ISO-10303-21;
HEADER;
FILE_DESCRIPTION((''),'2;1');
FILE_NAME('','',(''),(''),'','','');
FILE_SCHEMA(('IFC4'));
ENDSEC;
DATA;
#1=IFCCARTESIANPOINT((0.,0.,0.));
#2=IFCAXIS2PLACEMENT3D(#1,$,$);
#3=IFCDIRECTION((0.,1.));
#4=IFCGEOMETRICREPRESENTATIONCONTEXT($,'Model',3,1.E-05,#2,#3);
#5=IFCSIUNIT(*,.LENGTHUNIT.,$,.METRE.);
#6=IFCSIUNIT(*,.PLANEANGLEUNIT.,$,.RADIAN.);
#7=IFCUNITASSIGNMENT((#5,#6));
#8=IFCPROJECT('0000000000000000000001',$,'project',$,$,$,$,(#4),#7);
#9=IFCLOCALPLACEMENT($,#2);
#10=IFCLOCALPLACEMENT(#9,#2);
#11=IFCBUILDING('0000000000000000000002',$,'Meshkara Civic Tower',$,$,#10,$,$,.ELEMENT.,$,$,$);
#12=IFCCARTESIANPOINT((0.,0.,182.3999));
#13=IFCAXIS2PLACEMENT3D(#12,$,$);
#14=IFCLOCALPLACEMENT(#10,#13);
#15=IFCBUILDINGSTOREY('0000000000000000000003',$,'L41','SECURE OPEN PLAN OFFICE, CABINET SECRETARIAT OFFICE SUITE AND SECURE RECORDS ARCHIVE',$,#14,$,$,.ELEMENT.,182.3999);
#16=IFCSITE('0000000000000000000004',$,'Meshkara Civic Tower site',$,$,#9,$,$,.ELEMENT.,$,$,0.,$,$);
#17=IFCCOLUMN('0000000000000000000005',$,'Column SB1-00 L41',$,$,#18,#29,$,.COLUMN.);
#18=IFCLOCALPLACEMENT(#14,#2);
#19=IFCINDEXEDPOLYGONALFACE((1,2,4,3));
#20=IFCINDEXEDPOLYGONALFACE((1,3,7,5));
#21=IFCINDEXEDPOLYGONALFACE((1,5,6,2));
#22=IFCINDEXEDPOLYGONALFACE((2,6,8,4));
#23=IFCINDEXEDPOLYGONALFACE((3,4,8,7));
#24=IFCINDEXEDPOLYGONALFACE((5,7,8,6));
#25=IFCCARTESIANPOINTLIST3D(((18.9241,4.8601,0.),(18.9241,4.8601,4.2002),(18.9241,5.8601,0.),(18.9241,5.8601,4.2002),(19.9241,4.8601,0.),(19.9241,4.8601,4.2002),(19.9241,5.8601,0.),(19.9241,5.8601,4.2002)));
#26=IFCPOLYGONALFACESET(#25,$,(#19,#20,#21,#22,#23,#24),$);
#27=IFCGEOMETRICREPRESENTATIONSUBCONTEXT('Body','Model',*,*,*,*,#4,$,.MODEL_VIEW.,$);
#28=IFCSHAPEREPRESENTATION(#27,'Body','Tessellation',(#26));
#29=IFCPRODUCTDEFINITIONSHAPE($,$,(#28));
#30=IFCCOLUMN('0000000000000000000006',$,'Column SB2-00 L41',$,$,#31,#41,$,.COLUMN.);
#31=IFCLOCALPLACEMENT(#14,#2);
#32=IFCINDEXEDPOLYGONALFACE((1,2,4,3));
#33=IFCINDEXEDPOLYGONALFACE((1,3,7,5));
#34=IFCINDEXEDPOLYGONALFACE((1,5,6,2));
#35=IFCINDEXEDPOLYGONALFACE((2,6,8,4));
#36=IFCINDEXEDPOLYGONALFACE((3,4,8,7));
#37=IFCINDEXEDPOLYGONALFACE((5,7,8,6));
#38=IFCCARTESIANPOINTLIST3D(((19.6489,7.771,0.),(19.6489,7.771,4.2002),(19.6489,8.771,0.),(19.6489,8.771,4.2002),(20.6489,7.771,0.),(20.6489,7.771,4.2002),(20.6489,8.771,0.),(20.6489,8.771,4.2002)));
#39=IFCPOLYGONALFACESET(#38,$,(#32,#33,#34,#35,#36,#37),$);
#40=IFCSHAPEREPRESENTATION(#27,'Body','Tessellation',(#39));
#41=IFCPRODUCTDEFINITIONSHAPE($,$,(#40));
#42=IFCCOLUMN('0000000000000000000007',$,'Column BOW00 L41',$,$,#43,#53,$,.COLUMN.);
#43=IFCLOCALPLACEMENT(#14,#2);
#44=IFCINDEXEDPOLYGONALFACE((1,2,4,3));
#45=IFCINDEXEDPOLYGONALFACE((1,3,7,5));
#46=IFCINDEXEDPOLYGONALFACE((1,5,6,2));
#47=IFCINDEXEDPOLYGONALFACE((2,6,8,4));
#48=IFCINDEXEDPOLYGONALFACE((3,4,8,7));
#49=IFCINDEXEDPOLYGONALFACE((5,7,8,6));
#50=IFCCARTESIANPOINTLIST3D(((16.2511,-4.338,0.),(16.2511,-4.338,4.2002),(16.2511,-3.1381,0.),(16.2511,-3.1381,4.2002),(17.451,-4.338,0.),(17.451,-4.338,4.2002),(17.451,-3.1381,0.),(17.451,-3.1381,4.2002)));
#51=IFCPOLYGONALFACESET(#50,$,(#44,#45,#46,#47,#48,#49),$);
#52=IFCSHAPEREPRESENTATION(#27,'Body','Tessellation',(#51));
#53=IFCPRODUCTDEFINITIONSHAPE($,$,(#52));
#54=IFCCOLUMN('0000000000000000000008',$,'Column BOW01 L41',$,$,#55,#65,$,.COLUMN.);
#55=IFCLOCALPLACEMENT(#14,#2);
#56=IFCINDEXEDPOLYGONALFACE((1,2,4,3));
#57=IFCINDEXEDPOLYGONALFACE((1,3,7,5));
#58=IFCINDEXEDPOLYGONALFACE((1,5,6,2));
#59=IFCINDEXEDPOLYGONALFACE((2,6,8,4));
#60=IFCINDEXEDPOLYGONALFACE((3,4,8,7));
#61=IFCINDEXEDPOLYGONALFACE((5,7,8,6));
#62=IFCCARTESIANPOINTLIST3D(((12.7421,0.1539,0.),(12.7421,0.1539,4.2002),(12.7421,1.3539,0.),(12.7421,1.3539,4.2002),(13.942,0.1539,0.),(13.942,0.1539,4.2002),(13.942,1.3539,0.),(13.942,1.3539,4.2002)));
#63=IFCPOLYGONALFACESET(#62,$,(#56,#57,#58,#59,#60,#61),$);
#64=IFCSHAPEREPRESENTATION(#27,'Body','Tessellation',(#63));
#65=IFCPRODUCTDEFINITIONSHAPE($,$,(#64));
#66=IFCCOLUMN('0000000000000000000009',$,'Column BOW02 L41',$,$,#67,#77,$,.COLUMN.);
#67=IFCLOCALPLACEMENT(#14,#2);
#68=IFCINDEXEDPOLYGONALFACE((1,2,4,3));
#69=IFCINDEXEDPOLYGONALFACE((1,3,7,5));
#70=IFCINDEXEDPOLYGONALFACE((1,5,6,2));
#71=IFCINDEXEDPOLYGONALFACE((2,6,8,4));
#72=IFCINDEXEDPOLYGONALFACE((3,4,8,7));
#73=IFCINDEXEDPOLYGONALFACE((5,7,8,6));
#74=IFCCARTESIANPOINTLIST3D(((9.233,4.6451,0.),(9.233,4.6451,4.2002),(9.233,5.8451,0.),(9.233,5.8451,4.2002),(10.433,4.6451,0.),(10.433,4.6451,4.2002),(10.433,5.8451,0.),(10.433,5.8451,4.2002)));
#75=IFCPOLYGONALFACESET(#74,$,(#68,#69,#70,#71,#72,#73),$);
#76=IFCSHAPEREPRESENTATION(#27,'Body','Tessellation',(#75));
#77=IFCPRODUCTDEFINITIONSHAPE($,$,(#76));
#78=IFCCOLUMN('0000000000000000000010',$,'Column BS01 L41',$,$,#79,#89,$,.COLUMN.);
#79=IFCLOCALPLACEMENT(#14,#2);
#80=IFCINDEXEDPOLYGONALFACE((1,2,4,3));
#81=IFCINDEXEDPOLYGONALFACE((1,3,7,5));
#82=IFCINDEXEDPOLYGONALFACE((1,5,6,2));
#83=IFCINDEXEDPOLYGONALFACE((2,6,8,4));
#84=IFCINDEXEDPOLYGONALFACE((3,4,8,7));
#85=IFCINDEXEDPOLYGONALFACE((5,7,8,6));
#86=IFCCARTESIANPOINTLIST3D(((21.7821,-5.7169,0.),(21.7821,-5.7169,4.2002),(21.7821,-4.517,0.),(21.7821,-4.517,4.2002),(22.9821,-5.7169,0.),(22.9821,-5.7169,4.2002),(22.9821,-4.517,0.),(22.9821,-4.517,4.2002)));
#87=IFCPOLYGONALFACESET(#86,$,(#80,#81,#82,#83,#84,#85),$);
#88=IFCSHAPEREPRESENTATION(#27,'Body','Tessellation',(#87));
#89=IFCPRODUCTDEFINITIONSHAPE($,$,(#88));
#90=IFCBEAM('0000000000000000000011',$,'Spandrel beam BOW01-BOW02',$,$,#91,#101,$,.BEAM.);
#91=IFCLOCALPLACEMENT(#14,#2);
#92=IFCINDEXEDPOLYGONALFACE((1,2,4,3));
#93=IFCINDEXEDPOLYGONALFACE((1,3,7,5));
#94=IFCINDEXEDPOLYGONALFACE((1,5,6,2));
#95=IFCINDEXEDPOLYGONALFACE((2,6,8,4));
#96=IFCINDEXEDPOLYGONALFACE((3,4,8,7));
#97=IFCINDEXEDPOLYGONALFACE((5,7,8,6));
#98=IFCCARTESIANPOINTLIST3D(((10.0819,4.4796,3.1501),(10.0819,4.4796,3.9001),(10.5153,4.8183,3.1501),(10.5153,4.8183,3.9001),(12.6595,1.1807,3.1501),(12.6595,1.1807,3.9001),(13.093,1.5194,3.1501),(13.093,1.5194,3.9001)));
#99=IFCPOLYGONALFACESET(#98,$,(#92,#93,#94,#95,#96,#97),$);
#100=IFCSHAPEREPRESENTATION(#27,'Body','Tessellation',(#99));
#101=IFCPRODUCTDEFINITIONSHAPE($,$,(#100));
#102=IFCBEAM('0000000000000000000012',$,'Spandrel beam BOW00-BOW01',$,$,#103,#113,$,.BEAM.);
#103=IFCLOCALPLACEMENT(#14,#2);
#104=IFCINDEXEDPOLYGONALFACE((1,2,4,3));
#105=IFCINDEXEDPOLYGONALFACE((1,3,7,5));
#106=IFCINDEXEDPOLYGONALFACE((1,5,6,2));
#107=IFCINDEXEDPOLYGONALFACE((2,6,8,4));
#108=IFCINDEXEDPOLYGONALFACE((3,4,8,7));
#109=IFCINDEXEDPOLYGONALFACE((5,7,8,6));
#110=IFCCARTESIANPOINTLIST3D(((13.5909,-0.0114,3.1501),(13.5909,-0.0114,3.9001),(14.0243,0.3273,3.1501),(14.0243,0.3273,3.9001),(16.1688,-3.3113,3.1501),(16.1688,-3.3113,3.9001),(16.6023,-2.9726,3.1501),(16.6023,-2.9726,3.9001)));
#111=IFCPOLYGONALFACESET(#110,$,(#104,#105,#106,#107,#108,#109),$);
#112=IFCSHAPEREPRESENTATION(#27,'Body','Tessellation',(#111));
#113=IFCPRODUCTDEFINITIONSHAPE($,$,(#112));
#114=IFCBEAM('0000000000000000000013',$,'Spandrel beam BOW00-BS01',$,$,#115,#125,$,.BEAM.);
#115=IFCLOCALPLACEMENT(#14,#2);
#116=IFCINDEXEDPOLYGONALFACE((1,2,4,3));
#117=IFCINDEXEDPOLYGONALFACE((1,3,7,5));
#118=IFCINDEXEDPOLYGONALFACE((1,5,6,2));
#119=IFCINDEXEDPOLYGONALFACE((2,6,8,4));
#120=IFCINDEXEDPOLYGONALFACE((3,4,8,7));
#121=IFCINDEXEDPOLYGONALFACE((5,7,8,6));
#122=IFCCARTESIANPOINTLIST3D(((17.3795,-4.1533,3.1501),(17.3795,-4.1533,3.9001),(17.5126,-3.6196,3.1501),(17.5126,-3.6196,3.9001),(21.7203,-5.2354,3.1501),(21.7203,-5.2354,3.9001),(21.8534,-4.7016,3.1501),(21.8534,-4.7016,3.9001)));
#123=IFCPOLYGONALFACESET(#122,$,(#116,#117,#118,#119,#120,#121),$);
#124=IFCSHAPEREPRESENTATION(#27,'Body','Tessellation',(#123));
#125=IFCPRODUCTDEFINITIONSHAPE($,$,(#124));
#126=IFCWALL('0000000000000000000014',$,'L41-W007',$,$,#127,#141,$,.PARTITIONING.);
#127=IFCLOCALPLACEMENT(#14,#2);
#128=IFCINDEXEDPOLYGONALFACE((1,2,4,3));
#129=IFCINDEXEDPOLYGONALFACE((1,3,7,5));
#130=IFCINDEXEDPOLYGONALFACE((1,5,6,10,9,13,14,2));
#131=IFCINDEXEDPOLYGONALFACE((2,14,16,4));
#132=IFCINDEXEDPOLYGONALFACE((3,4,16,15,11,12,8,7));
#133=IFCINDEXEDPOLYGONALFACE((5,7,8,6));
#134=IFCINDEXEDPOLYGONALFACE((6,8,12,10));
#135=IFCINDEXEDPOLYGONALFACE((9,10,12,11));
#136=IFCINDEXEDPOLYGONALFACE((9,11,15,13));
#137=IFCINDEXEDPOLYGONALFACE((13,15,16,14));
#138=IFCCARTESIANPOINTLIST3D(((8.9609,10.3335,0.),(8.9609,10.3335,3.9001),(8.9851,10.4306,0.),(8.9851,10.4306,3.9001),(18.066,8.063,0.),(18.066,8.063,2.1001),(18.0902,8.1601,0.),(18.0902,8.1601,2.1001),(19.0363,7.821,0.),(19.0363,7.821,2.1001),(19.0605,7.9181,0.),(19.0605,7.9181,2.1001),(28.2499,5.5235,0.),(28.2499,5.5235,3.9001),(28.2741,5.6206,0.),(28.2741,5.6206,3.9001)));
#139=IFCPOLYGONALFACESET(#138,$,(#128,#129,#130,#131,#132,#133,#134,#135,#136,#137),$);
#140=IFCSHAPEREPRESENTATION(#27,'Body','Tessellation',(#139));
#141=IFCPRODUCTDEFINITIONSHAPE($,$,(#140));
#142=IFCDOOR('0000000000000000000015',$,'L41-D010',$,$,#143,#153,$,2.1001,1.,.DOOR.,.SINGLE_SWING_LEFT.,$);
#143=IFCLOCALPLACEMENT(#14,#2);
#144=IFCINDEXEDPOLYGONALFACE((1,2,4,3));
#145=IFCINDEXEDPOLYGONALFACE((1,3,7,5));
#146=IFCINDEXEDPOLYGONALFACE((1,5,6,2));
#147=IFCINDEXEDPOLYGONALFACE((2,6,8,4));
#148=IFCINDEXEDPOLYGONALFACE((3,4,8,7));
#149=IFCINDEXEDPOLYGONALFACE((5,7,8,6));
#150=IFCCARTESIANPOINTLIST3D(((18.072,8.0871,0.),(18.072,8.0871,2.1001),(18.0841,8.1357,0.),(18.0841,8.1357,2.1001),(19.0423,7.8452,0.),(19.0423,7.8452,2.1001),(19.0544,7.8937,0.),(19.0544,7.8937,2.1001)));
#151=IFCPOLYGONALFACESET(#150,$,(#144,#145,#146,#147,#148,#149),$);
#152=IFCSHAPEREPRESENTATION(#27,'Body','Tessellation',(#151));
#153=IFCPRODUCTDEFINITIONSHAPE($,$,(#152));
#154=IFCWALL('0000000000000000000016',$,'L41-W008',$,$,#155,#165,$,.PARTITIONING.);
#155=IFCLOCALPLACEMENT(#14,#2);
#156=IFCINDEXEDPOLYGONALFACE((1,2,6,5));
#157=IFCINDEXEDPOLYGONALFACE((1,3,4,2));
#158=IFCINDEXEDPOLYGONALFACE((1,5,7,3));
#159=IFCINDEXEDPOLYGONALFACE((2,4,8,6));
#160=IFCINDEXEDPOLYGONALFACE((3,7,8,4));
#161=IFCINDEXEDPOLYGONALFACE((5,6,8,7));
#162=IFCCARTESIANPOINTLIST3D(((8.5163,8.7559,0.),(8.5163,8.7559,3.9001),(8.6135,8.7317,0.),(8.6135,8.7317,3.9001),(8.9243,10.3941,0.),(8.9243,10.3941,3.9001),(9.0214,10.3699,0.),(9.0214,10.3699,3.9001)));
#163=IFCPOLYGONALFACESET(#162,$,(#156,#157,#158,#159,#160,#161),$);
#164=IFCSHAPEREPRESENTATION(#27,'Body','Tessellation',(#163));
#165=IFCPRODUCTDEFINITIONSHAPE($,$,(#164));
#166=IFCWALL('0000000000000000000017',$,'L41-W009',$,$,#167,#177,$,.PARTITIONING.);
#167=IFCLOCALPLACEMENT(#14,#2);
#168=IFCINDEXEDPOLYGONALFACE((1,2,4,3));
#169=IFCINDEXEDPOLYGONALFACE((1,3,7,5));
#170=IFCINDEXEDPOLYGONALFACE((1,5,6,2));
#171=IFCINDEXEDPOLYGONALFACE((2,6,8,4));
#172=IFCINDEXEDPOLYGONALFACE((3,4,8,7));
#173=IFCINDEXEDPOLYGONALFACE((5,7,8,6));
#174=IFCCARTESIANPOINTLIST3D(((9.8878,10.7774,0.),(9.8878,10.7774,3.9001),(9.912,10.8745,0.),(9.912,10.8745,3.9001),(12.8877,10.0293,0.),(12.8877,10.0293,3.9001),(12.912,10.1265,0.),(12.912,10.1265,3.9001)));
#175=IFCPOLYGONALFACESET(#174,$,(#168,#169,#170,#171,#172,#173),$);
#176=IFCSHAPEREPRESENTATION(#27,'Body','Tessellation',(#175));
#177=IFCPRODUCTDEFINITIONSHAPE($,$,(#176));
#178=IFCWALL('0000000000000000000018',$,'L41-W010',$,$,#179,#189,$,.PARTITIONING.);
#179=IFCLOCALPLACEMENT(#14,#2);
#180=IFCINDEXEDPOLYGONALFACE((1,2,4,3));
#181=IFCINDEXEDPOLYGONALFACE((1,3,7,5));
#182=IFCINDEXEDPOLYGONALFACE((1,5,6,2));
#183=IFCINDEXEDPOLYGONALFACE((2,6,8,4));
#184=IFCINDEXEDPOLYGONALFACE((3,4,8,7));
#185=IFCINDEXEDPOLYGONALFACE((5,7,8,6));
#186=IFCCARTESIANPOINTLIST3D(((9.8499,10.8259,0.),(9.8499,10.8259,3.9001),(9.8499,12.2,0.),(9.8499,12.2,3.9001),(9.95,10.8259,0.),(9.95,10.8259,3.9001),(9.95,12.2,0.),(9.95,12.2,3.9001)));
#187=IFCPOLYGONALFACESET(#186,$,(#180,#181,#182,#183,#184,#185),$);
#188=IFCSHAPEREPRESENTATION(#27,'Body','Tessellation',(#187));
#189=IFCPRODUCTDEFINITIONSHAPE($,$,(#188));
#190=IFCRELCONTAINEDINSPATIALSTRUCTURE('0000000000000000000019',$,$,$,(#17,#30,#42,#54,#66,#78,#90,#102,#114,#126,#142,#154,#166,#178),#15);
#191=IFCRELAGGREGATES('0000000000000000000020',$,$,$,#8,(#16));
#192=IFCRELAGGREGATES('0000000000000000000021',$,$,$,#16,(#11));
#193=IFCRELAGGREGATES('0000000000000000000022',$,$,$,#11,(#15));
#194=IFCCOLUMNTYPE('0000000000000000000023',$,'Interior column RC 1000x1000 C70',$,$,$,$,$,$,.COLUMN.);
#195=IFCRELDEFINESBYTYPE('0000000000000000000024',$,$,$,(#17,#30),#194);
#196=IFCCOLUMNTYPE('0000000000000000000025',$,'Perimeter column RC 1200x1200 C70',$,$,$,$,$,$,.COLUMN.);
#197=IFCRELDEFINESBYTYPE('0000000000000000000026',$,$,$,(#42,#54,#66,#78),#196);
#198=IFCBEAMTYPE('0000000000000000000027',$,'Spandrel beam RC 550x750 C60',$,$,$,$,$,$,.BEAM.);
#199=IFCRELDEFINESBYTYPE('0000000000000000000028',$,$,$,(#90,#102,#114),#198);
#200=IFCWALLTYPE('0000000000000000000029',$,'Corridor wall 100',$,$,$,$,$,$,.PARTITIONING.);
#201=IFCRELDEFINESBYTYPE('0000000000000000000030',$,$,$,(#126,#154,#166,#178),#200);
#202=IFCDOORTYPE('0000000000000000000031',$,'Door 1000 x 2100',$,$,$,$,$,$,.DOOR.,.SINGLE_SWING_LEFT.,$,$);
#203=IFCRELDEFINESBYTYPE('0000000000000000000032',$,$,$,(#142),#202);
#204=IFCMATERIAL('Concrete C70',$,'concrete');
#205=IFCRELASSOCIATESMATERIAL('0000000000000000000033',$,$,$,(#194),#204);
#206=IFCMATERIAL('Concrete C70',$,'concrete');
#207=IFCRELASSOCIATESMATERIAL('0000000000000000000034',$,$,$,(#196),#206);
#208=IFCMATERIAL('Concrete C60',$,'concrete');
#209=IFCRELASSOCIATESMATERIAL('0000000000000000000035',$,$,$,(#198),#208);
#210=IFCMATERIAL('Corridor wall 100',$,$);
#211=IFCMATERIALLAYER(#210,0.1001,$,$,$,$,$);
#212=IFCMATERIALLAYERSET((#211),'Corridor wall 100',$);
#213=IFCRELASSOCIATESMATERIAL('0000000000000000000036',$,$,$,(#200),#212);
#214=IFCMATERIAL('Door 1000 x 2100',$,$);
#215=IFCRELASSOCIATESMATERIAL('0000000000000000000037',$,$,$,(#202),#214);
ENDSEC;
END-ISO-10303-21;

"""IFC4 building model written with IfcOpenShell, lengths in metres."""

from ifc_helpers import new_model, si_unit, direction, frame, frame_2d, origin, origin_2d, place, context, subcontext, project, spatial, rectangle, extrude, material, layer, layer_set, material_profile, profile_set, type_object, element, fill, save


model = new_model("IFC4")

# Units and contexts
model_context = context("Model", 3, precision=1e-05, world=origin(), true_north=direction((0.0, 1.0)))
body_context = subcontext(model_context, "Body", "Model", "MODEL_VIEW")
ifc_project = project(units=[si_unit("LENGTHUNIT", "METRE"), si_unit("PLANEANGLEUNIT", "RADIAN")], contexts=[model_context])

# Site, building, storey
site_placement = place(None, origin())
site = spatial("IfcSite", under=ifc_project, at=site_placement, Name="Meshkara Civic Tower site", CompositionType="ELEMENT", RefElevation=0.0)
building_placement = place(site_placement, origin())
building = spatial("IfcBuilding", under=site, at=building_placement, Name="Meshkara Civic Tower", CompositionType="ELEMENT")
storey_placement = place(building_placement, frame((0.0, 0.0, 182.3999)))
storey = spatial("IfcBuildingStorey", under=building, at=storey_placement, Name="L41", Description="SECURE OPEN PLAN OFFICE, CABINET SECRETARIAT OFFICE SUITE AND SECURE RECORDS ARCHIVE", CompositionType="ELEMENT", Elevation=182.3999)

# Columns
ifc_material_1 = material(Name="Concrete C70", Category="concrete")
ifc_material_profile_1 = material_profile(ifc_material_1, rectangle(XDim=1.0, YDim=1.0, at=origin_2d()))
ifc_profile_set_1 = profile_set([ifc_material_profile_1], Name="Concrete C70")
column_type_1 = type_object("IfcColumnType", Name="Interior column RC 1000x1000 C70", PredefinedType="COLUMN", material=ifc_profile_set_1)
for number, where, z_axis, x_axis, name in (
    (1, (19.4241, 5.3601, 0.0), (0.0, 0.0, 1.0), (1.0, 0.0, 0.0), "Column SB1-00 L41"),
    (2, (20.1489, 8.271, 0.0), (0.0, 0.0, 1.0), (1.0, 0.0, 0.0), "Column SB2-00 L41"),
):
    element("IfcColumn", number, at=place(storey_placement, frame(where, z_axis=z_axis, x_axis=x_axis)), inside=storey, type_object=column_type_1, Name=name, PredefinedType="COLUMN", context=body_context, shape_type="SweptSolid", body=[
        extrude(rectangle(XDim=1.0, YDim=1.0, at=origin_2d()), origin(), (0.0, 0.0, 1.0), 4.2002),
    ])
ifc_material_2 = material(Name="Concrete C70", Category="concrete")
ifc_material_profile_2 = material_profile(ifc_material_2, rectangle(XDim=1.2, YDim=1.2, at=origin_2d()))
ifc_profile_set_2 = profile_set([ifc_material_profile_2], Name="Concrete C70")
column_type_2 = type_object("IfcColumnType", Name="Perimeter column RC 1200x1200 C70", PredefinedType="COLUMN", material=ifc_profile_set_2)
for number, where, z_axis, x_axis, name in (
    (3, (16.8511, -3.738, 0.0), (0.0, 0.0, 1.0), (1.0, 0.0, 0.0), "Column BOW00 L41"),
    (4, (13.342, 0.7539, 0.0), (0.0, 0.0, 1.0), (1.0, 0.0, 0.0), "Column BOW01 L41"),
    (5, (9.833, 5.2451, 0.0), (0.0, 0.0, 1.0), (1.0, 0.0, 0.0), "Column BOW02 L41"),
    (6, (22.3821, -5.1169, 0.0), (0.0, 0.0, 1.0), (1.0, 0.0, 0.0), "Column BS01 L41"),
):
    element("IfcColumn", number, at=place(storey_placement, frame(where, z_axis=z_axis, x_axis=x_axis)), inside=storey, type_object=column_type_2, Name=name, PredefinedType="COLUMN", context=body_context, shape_type="SweptSolid", body=[
        extrude(rectangle(XDim=1.2, YDim=1.2, at=origin_2d()), origin(), (0.0, 0.0, 1.0), 4.2002),
    ])

# Beams
ifc_material_3 = material(Name="Concrete C60", Category="concrete")
ifc_material_profile_3 = material_profile(ifc_material_3, rectangle(XDim=0.55, YDim=0.75, at=origin_2d()))
ifc_profile_set_3 = profile_set([ifc_material_profile_3], Name="Concrete C60")
beam_type = type_object("IfcBeamType", Name="Spandrel beam RC 550x750 C60", PredefinedType="BEAM", material=ifc_profile_set_3)
beam_1_placement = place(storey_placement, frame((10.2986, 4.6489, 3.5251), z_axis=(0.615707, -0.787975, 0.0), x_axis=(0.787975, 0.615707, 0.0)))
element("IfcBeam", 7, at=beam_1_placement, inside=storey, type_object=beam_type, Name="Spandrel beam BOW01-BOW02", PredefinedType="BEAM", context=body_context, shape_type="SweptSolid", body=[
    extrude(rectangle(XDim=0.55, YDim=0.75, at=origin_2d()), origin(), (0.0, 0.0, 1.0), 4.1865),
])
beam_2_placement = place(storey_placement, frame((13.8076, 0.158, 3.5251), z_axis=(0.61563, -0.788035, 0.0), x_axis=(0.788035, 0.61563, 0.0)))
element("IfcBeam", 8, at=beam_2_placement, inside=storey, type_object=beam_type, Name="Spandrel beam BOW00-BOW01", PredefinedType="BEAM", context=body_context, shape_type="SweptSolid", body=[
    extrude(rectangle(XDim=0.55, YDim=0.75, at=origin_2d()), origin(), (0.0, 0.0, 1.0), 4.1875),
])
beam_3_placement = place(storey_placement, frame((17.446, -3.8865, 3.5251), z_axis=(0.970309, -0.241868, 0.0), x_axis=(0.241868, 0.970309, 0.0)))
element("IfcBeam", 9, at=beam_3_placement, inside=storey, type_object=beam_type, Name="Spandrel beam BOW00-BS01", PredefinedType="BEAM", context=body_context, shape_type="SweptSolid", body=[
    extrude(rectangle(XDim=0.55, YDim=0.75, at=origin_2d()), origin(), (0.0, 0.0, 1.0), 4.4736),
])

# Wall, opening, door
ifc_material_4 = material(Name="Corridor wall 100")
ifc_layer_1 = layer(ifc_material_4, 0.1001)
ifc_layer_set_1 = layer_set([ifc_layer_1], Name="Corridor wall 100")
wall_type_1 = type_object("IfcWallType", Name="Corridor wall 100", PredefinedType="PARTITIONING", material=ifc_layer_set_1)
wall_1_placement = place(storey_placement, frame((8.9729, 10.3821, 0.0), z_axis=(0.0, 0.0, 1.0), x_axis=(0.970287, -0.241958, 0.0)))
wall_1 = element("IfcWall", 10, at=wall_1_placement, inside=storey, type_object=wall_type_1, Name="L41-W007", PredefinedType="PARTITIONING", context=body_context, shape_type="SweptSolid", body=[
    extrude(rectangle(XDim=19.8796, YDim=0.1001, at=frame_2d((9.9399, 0.0))), origin(), (0.0, 0.0, 1.0), 3.9001),
])
opening_1_placement = place(wall_1_placement, frame((9.384, 0.0, 0.0)))
opening_1 = element("IfcOpeningElement", 11, at=opening_1_placement, cuts=wall_1, PredefinedType="OPENING", context=body_context, shape_type="SweptSolid", body=[
    extrude(rectangle(XDim=1.0, YDim=2.1001, at=frame_2d((0.5, 1.05))), frame((0.0, 0.0601, 0.0), z_axis=(0.0, -1.0, 0.0), x_axis=(1.0, 0.0, 0.0)), (0.0, 0.0, 1.0), 0.1201),
])
ifc_material_5 = material(Name="Door 1000 x 2100")
door_type = type_object("IfcDoorType", Name="Door 1000 x 2100", OperationType="SINGLE_SWING_LEFT", PredefinedType="DOOR", material=ifc_material_5)
door_placement = place(opening_1_placement, origin())
door = element("IfcDoor", 12, at=door_placement, inside=storey, type_object=door_type, Name="L41-D010", OperationType="SINGLE_SWING_LEFT", OverallHeight=2.1001, OverallWidth=1.0, PredefinedType="DOOR", context=body_context, shape_type="SweptSolid", body=[
    extrude(rectangle(XDim=1.0, YDim=2.1001, at=frame_2d((0.5, 1.05))), frame((0.0, 0.0249, 0.0), z_axis=(0.0, -1.0, 0.0), x_axis=(1.0, 0.0, 0.0)), (0.0, 0.0, 1.0), 0.05),
])
fill(opening_1, door)

# Walls
wall_2_placement = place(storey_placement, frame((8.9729, 10.3821, 0.0), z_axis=(0.0, 0.0, 1.0), x_axis=(-0.241651, -0.970363, 0.0)))
element("IfcWall", 13, at=wall_2_placement, inside=storey, type_object=wall_type_1, Name="L41-W008", PredefinedType="PARTITIONING", context=body_context, shape_type="SweptSolid", body=[
    extrude(rectangle(XDim=1.6882, YDim=0.1001, at=frame_2d((0.8442, 0.0))), origin(), (0.0, 0.0, 1.0), 3.9001),
])
wall_3_placement = place(storey_placement, frame((9.8999, 10.8259, 0.0), z_axis=(0.0, 0.0, 1.0), x_axis=(0.970291, -0.241941, 0.0)))
element("IfcWall", 14, at=wall_3_placement, inside=storey, type_object=wall_type_1, Name="L41-W009", PredefinedType="PARTITIONING", context=body_context, shape_type="SweptSolid", body=[
    extrude(rectangle(XDim=3.0918, YDim=0.1001, at=frame_2d((1.5459, 0.0))), origin(), (0.0, 0.0, 1.0), 3.9001),
])
wall_4_placement = place(storey_placement, frame((9.8999, 12.2, 0.0), z_axis=(0.0, 0.0, 1.0), x_axis=(0.0, -1.0, 0.0)))
element("IfcWall", 15, at=wall_4_placement, inside=storey, type_object=wall_type_1, Name="L41-W010", PredefinedType="PARTITIONING", context=body_context, shape_type="SweptSolid", body=[
    extrude(rectangle(XDim=1.374, YDim=0.1001, at=frame_2d((0.687, 0.0))), origin(), (0.0, 0.0, 1.0), 3.9001),
])

save(model, "model.ifc")
